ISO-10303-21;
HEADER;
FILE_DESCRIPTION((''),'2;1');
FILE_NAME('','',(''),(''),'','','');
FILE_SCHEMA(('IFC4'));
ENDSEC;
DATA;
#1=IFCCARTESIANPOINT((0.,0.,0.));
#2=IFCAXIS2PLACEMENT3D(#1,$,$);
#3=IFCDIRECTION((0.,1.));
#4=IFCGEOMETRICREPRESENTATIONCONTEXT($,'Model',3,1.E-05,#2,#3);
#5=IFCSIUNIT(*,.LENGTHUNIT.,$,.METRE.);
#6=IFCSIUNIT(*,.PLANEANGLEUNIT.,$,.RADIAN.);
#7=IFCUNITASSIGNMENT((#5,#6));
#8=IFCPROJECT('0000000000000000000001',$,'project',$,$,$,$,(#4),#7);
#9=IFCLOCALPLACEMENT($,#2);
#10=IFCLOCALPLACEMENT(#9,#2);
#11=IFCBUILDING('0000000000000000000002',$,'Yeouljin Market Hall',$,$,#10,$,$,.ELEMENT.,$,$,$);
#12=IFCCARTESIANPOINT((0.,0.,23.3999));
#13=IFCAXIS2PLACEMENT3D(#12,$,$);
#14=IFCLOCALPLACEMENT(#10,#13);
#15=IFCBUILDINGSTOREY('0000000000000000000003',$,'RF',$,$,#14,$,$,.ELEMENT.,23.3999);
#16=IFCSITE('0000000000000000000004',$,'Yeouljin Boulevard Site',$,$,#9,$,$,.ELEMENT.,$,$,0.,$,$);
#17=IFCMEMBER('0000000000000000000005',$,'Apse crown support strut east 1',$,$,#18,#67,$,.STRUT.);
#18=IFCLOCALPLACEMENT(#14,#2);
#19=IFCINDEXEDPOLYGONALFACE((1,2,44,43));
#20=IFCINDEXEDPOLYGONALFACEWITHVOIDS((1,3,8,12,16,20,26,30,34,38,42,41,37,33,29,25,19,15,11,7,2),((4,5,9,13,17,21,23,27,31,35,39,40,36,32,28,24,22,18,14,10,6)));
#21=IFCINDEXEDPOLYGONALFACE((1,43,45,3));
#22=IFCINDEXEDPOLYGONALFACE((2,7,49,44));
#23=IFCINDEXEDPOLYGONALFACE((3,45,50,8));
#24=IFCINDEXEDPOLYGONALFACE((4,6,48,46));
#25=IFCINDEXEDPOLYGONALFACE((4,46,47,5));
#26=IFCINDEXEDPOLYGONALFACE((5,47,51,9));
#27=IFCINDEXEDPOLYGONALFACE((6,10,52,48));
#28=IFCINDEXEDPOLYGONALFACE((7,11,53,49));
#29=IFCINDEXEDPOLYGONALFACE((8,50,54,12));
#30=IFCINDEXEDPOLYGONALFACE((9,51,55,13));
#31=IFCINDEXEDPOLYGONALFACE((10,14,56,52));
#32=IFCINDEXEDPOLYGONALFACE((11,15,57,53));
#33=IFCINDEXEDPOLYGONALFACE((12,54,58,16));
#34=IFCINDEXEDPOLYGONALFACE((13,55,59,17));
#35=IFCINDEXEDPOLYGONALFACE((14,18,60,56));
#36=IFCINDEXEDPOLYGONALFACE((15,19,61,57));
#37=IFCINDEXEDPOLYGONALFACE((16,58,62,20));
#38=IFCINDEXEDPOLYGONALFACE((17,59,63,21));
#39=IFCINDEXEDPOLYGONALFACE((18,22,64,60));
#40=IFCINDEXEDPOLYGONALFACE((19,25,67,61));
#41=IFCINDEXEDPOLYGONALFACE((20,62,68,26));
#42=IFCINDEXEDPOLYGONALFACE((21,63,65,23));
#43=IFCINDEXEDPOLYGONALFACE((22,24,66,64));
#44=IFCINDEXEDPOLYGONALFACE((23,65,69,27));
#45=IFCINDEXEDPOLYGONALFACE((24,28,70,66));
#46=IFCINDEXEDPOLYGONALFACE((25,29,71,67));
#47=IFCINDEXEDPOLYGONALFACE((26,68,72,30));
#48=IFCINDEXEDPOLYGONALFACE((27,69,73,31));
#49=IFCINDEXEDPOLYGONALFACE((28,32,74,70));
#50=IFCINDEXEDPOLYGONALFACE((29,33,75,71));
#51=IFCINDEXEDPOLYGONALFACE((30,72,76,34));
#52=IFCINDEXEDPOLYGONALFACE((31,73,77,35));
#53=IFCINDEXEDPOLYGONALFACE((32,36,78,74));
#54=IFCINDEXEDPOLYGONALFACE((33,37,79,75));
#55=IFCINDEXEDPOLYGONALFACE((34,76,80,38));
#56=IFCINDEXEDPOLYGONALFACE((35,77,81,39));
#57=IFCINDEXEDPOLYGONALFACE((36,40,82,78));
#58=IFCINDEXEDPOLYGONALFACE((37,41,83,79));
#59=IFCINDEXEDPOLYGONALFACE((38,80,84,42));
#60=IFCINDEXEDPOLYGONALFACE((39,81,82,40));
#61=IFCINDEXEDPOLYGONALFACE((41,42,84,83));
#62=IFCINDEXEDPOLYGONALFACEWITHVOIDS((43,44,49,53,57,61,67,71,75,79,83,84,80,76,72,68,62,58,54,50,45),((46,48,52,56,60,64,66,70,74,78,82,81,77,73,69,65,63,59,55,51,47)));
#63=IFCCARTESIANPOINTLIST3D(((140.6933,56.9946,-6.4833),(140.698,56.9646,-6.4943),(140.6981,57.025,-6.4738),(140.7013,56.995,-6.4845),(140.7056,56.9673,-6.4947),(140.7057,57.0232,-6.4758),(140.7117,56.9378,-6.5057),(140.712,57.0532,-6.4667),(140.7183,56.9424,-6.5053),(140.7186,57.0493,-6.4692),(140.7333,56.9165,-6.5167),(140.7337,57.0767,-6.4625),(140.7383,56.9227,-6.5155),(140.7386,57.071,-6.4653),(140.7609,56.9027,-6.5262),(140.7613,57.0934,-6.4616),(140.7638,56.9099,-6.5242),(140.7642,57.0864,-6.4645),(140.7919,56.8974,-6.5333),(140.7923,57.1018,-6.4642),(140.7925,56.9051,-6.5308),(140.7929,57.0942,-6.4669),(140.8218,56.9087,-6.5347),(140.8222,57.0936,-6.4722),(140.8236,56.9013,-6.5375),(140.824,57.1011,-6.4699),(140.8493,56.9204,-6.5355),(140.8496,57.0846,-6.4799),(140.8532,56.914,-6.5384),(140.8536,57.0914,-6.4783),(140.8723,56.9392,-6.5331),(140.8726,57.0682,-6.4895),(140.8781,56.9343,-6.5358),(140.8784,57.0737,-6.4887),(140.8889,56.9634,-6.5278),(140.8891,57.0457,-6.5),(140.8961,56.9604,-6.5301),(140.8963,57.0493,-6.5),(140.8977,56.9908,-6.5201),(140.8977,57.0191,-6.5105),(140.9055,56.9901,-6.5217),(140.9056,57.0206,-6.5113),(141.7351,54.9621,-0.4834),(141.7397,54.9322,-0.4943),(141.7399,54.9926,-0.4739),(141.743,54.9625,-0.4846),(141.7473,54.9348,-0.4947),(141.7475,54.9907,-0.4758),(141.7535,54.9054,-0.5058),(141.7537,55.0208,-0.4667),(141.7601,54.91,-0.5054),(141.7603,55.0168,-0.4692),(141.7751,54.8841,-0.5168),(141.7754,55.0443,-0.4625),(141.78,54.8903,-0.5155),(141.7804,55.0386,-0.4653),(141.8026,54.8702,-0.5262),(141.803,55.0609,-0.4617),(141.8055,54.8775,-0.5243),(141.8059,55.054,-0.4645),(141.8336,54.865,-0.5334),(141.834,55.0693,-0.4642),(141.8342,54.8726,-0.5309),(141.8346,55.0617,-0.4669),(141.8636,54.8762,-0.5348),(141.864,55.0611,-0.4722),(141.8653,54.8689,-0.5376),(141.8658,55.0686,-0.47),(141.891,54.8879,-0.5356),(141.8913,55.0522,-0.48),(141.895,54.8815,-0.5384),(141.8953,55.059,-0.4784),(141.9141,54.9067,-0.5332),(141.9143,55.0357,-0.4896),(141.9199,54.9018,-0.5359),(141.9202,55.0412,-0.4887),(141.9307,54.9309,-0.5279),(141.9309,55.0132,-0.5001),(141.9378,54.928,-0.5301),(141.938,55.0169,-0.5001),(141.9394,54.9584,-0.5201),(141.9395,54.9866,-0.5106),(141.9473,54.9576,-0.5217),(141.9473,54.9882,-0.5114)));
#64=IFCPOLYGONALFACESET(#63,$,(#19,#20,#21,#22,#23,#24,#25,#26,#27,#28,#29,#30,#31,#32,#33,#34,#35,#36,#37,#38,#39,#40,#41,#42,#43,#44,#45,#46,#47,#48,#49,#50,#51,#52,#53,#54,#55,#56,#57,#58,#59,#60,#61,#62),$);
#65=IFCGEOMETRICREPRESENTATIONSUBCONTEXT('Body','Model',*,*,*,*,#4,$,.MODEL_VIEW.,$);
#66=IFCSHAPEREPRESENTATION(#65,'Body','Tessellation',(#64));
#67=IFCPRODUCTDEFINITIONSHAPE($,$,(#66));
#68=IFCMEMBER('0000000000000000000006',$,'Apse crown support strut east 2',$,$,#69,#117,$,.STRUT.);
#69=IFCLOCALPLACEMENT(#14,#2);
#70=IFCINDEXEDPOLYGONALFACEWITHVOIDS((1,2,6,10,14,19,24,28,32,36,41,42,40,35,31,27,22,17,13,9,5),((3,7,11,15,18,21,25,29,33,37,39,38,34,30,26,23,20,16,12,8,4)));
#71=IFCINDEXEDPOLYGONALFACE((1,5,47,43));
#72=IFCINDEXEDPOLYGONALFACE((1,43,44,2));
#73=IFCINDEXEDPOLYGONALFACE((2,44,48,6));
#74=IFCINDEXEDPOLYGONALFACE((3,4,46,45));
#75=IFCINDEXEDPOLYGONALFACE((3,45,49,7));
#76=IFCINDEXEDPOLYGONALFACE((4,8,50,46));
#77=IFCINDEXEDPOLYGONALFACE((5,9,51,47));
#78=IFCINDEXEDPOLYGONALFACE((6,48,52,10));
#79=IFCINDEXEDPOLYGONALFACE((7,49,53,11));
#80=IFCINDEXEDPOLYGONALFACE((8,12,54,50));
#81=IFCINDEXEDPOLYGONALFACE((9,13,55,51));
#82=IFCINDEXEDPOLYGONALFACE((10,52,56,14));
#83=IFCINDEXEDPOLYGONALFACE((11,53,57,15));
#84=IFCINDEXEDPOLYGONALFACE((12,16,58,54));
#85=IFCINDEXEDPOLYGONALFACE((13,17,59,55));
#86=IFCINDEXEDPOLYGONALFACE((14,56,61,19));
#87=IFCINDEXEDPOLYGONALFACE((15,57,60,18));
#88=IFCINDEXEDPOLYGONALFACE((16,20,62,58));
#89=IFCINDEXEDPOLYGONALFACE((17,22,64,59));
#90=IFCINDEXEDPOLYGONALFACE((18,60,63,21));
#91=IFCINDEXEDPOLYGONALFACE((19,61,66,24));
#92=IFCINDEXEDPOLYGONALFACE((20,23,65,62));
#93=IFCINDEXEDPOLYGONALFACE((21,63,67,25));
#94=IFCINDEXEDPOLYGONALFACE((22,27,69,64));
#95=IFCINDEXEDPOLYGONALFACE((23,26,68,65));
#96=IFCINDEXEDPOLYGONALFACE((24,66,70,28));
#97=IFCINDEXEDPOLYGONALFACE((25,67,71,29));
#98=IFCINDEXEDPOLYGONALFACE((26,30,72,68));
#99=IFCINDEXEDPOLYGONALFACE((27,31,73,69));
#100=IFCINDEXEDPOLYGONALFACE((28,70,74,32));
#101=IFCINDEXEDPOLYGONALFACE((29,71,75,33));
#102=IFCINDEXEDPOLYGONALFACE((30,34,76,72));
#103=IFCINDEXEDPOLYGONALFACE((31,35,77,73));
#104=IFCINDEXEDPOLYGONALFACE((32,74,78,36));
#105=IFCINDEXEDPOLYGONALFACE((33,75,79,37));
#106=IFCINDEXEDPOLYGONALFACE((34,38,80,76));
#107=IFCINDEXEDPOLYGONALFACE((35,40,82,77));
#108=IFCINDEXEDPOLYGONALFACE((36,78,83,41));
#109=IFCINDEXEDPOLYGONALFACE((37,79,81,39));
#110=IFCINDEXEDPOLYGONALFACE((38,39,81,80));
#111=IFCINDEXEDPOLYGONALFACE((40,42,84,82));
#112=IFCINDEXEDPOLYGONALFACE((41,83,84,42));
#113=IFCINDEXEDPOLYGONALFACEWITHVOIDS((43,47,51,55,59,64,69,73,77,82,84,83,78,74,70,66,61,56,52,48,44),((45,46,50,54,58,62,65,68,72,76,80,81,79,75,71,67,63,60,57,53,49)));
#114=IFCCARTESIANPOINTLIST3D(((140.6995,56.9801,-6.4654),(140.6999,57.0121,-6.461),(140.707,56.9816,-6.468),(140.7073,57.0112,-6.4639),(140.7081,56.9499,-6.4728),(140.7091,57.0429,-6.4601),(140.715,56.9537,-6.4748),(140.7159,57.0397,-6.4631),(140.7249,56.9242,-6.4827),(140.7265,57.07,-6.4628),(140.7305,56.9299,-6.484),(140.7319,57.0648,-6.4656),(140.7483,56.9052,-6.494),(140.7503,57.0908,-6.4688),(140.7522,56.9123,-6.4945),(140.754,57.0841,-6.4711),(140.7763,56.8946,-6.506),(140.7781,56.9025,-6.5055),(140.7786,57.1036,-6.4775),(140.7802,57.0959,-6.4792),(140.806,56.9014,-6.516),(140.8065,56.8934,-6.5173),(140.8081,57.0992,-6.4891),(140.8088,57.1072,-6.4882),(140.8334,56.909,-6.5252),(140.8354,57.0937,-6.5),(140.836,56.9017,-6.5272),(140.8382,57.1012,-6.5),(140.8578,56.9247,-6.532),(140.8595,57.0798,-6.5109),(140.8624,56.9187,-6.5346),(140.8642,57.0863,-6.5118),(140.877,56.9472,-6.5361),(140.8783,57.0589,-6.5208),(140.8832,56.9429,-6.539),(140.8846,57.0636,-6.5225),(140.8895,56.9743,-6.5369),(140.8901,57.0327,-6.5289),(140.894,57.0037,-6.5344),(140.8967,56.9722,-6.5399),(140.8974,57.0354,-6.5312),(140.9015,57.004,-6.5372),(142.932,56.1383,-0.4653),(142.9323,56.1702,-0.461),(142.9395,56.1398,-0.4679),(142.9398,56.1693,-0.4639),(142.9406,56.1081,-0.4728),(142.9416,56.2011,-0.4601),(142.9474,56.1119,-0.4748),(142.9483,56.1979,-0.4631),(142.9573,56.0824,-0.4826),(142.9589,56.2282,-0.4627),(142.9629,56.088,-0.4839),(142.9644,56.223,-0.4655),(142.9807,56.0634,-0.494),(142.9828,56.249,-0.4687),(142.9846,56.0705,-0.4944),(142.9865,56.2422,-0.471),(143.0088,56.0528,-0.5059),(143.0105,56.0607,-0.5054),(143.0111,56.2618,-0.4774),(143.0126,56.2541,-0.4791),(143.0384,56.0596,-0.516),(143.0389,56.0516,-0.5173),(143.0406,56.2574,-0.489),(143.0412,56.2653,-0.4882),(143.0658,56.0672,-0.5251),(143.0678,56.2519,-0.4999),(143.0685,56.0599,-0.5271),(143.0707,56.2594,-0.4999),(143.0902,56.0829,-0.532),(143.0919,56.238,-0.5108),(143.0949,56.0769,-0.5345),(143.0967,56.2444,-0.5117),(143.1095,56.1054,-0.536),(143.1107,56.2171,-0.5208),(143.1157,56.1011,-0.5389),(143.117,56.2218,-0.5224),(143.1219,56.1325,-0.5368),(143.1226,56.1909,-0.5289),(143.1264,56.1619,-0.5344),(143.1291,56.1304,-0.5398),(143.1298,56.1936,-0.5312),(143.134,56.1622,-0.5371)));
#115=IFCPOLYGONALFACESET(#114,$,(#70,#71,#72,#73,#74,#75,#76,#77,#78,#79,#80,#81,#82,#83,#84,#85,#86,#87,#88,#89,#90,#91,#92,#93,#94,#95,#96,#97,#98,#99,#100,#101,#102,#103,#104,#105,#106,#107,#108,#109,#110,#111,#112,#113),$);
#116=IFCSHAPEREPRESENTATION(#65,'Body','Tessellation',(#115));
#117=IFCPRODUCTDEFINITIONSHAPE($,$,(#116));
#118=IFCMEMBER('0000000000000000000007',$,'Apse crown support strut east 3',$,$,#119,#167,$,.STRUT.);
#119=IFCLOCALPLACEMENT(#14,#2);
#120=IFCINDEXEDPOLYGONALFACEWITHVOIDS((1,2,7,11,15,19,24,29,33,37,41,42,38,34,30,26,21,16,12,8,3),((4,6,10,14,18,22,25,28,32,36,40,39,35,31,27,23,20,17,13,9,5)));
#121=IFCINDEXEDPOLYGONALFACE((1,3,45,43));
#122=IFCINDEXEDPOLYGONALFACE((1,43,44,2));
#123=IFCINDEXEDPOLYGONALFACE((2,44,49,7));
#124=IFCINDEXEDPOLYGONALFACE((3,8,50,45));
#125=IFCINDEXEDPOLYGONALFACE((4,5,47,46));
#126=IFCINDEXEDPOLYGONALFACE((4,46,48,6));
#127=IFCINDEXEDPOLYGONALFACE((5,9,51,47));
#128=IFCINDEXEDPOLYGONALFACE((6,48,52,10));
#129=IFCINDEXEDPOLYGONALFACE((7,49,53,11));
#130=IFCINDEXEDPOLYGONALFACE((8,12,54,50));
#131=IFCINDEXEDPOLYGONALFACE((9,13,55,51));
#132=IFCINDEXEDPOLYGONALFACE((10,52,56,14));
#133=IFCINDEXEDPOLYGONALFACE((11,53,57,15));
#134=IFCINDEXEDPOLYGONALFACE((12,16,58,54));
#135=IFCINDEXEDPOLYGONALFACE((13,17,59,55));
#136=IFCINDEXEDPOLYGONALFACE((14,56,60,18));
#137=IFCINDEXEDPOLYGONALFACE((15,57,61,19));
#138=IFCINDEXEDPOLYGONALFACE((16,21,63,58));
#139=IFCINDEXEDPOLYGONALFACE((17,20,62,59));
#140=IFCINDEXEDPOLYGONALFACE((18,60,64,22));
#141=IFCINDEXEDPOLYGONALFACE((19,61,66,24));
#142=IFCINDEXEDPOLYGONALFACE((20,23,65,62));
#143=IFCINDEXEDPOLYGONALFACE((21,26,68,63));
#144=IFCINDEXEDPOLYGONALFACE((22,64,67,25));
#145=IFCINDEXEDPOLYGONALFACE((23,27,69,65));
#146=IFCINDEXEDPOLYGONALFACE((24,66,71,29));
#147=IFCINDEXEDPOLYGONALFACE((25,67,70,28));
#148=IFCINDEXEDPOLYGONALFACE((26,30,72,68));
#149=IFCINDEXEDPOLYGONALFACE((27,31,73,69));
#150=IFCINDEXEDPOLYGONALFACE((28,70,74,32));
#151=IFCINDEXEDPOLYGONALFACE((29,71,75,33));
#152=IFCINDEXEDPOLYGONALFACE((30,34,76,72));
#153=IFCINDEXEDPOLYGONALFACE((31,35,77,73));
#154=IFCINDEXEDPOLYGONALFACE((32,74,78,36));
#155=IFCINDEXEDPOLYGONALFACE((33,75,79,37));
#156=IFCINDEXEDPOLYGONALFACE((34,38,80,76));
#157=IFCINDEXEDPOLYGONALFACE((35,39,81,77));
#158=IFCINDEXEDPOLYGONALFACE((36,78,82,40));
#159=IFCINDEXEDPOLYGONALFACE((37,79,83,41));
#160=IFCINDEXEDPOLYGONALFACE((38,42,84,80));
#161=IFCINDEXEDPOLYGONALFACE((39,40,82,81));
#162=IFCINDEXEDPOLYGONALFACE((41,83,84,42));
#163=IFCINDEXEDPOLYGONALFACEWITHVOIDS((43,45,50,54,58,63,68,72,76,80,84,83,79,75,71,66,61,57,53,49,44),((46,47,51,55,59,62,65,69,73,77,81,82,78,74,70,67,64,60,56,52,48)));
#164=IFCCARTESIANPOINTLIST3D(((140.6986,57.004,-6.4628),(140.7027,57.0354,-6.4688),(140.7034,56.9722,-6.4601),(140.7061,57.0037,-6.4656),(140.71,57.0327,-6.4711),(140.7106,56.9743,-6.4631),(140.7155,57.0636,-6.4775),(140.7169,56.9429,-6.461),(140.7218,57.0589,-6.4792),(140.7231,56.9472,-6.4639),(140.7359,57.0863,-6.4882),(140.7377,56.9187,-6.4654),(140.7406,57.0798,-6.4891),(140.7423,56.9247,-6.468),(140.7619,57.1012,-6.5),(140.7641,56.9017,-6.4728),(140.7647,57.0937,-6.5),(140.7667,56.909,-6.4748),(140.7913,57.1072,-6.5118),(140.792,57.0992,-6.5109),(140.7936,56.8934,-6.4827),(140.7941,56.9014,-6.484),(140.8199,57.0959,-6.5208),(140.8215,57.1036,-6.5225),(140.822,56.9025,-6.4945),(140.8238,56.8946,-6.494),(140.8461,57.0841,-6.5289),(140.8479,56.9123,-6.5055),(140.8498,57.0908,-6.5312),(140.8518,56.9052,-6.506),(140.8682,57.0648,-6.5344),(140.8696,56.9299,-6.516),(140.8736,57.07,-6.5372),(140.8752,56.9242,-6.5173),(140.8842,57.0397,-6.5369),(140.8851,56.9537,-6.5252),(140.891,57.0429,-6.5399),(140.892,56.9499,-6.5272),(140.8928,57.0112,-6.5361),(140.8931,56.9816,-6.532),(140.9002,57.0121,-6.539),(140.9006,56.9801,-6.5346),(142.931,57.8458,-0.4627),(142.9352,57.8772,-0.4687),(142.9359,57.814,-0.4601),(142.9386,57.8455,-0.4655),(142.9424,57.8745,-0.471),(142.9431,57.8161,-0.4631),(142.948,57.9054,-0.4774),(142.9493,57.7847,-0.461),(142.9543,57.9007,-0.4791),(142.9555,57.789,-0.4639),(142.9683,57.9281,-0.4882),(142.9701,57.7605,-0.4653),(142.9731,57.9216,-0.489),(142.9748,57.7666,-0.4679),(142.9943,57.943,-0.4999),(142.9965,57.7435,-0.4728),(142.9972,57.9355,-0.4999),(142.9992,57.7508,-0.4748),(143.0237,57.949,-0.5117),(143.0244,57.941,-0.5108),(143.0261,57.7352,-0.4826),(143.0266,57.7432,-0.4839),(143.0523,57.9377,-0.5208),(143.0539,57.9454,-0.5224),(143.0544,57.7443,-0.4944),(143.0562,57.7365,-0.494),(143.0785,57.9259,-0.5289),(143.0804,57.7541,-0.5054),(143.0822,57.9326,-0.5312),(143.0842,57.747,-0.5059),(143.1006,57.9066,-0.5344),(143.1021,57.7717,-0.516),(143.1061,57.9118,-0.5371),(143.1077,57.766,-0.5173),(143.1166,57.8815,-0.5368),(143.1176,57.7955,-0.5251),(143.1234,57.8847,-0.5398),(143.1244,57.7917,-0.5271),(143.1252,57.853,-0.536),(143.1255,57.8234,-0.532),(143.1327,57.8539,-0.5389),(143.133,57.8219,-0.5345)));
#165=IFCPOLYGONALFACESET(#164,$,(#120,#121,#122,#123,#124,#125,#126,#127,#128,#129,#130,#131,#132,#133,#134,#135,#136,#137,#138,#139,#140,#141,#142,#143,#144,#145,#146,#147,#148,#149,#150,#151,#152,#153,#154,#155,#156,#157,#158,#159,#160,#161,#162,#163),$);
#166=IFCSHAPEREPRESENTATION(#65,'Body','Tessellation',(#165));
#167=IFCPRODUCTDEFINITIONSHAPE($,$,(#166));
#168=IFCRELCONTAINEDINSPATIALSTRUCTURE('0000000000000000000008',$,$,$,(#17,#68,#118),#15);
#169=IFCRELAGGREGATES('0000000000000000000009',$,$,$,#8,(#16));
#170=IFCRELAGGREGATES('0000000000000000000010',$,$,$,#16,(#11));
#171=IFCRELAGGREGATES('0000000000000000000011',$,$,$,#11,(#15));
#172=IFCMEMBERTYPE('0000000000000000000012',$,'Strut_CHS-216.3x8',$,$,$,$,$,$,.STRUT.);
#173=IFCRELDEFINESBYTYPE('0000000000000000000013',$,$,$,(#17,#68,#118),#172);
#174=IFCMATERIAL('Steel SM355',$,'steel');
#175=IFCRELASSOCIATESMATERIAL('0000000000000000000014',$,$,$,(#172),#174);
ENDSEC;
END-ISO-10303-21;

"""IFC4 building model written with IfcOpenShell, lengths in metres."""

from ifc_helpers import new_model, si_unit, direction, frame, origin, origin_2d, place, context, subcontext, project, spatial, hollow_circle, extrude, material, material_profile, profile_set, type_object, element, save


model = new_model("IFC4")

# Units and contexts
model_context = context("Model", 3, precision=1e-05, world=origin(), true_north=direction((0.0, 1.0)))
body_context = subcontext(model_context, "Body", "Model", "MODEL_VIEW")
ifc_project = project(units=[si_unit("LENGTHUNIT", "METRE"), si_unit("PLANEANGLEUNIT", "RADIAN")], contexts=[model_context])

# Site, building, storey
site_placement = place(None, origin())
site = spatial("IfcSite", under=ifc_project, at=site_placement, Name="Yeouljin Boulevard Site", CompositionType="ELEMENT", RefElevation=0.0)
building_placement = place(site_placement, origin())
building = spatial("IfcBuilding", under=site, at=building_placement, Name="Yeouljin Market Hall", CompositionType="ELEMENT")
storey_placement = place(building_placement, frame((0.0, 0.0, 23.3999)))
storey = spatial("IfcBuildingStorey", under=building, at=storey_placement, Name="RF", CompositionType="ELEMENT", Elevation=23.3999)

# Members
ifc_material_1 = material(Name="Steel SM355", Category="steel")
ifc_material_profile_1 = material_profile(ifc_material_1, hollow_circle(Radius=0.1082, WallThickness=0.0081, at=origin_2d()), Name="CHS-216.3x8")
ifc_profile_set_1 = profile_set([ifc_material_profile_1], Name="Steel SM355")
member_type_1 = type_object("IfcMemberType", Name="Strut_CHS-216.3x8", PredefinedType="STRUT", material=ifc_profile_set_1)
member_1_placement = place(storey_placement, frame((140.8, 57.0, -6.5), z_axis=(0.162266, -0.316585, 0.934582), x_axis=(0.889914, 0.456128, 0.0)))
element("IfcMember", 1, at=member_1_placement, inside=storey, type_object=member_type_1, Name="Apse crown support strut east 1", PredefinedType="STRUT", context=body_context, shape_type="SweptSolid", body=[
    extrude(hollow_circle(Radius=0.1082, WallThickness=0.0081, at=origin_2d()), origin(), (0.0, 0.0, 1.0), 6.4199),
])
for number, where, z_axis, x_axis, name in (
    (2, (140.8, 57.0, -6.5), (0.345739, -0.13037, 0.92923), (0.352827, 0.935688, 0.0), "Apse crown support strut east 2"),
    (3, (140.8, 57.0, -6.5), (0.345739, 0.13037, 0.92923), (-0.352827, 0.935688, 0.0), "Apse crown support strut east 3"),
):
    element("IfcMember", number, at=place(storey_placement, frame(where, z_axis=z_axis, x_axis=x_axis)), inside=storey, type_object=member_type_1, Name=name, PredefinedType="STRUT", context=body_context, shape_type="SweptSolid", body=[
        extrude(hollow_circle(Radius=0.1082, WallThickness=0.0081, at=origin_2d()), origin(), (0.0, 0.0, 1.0), 6.457),
    ])

save(model, "model.ifc")
